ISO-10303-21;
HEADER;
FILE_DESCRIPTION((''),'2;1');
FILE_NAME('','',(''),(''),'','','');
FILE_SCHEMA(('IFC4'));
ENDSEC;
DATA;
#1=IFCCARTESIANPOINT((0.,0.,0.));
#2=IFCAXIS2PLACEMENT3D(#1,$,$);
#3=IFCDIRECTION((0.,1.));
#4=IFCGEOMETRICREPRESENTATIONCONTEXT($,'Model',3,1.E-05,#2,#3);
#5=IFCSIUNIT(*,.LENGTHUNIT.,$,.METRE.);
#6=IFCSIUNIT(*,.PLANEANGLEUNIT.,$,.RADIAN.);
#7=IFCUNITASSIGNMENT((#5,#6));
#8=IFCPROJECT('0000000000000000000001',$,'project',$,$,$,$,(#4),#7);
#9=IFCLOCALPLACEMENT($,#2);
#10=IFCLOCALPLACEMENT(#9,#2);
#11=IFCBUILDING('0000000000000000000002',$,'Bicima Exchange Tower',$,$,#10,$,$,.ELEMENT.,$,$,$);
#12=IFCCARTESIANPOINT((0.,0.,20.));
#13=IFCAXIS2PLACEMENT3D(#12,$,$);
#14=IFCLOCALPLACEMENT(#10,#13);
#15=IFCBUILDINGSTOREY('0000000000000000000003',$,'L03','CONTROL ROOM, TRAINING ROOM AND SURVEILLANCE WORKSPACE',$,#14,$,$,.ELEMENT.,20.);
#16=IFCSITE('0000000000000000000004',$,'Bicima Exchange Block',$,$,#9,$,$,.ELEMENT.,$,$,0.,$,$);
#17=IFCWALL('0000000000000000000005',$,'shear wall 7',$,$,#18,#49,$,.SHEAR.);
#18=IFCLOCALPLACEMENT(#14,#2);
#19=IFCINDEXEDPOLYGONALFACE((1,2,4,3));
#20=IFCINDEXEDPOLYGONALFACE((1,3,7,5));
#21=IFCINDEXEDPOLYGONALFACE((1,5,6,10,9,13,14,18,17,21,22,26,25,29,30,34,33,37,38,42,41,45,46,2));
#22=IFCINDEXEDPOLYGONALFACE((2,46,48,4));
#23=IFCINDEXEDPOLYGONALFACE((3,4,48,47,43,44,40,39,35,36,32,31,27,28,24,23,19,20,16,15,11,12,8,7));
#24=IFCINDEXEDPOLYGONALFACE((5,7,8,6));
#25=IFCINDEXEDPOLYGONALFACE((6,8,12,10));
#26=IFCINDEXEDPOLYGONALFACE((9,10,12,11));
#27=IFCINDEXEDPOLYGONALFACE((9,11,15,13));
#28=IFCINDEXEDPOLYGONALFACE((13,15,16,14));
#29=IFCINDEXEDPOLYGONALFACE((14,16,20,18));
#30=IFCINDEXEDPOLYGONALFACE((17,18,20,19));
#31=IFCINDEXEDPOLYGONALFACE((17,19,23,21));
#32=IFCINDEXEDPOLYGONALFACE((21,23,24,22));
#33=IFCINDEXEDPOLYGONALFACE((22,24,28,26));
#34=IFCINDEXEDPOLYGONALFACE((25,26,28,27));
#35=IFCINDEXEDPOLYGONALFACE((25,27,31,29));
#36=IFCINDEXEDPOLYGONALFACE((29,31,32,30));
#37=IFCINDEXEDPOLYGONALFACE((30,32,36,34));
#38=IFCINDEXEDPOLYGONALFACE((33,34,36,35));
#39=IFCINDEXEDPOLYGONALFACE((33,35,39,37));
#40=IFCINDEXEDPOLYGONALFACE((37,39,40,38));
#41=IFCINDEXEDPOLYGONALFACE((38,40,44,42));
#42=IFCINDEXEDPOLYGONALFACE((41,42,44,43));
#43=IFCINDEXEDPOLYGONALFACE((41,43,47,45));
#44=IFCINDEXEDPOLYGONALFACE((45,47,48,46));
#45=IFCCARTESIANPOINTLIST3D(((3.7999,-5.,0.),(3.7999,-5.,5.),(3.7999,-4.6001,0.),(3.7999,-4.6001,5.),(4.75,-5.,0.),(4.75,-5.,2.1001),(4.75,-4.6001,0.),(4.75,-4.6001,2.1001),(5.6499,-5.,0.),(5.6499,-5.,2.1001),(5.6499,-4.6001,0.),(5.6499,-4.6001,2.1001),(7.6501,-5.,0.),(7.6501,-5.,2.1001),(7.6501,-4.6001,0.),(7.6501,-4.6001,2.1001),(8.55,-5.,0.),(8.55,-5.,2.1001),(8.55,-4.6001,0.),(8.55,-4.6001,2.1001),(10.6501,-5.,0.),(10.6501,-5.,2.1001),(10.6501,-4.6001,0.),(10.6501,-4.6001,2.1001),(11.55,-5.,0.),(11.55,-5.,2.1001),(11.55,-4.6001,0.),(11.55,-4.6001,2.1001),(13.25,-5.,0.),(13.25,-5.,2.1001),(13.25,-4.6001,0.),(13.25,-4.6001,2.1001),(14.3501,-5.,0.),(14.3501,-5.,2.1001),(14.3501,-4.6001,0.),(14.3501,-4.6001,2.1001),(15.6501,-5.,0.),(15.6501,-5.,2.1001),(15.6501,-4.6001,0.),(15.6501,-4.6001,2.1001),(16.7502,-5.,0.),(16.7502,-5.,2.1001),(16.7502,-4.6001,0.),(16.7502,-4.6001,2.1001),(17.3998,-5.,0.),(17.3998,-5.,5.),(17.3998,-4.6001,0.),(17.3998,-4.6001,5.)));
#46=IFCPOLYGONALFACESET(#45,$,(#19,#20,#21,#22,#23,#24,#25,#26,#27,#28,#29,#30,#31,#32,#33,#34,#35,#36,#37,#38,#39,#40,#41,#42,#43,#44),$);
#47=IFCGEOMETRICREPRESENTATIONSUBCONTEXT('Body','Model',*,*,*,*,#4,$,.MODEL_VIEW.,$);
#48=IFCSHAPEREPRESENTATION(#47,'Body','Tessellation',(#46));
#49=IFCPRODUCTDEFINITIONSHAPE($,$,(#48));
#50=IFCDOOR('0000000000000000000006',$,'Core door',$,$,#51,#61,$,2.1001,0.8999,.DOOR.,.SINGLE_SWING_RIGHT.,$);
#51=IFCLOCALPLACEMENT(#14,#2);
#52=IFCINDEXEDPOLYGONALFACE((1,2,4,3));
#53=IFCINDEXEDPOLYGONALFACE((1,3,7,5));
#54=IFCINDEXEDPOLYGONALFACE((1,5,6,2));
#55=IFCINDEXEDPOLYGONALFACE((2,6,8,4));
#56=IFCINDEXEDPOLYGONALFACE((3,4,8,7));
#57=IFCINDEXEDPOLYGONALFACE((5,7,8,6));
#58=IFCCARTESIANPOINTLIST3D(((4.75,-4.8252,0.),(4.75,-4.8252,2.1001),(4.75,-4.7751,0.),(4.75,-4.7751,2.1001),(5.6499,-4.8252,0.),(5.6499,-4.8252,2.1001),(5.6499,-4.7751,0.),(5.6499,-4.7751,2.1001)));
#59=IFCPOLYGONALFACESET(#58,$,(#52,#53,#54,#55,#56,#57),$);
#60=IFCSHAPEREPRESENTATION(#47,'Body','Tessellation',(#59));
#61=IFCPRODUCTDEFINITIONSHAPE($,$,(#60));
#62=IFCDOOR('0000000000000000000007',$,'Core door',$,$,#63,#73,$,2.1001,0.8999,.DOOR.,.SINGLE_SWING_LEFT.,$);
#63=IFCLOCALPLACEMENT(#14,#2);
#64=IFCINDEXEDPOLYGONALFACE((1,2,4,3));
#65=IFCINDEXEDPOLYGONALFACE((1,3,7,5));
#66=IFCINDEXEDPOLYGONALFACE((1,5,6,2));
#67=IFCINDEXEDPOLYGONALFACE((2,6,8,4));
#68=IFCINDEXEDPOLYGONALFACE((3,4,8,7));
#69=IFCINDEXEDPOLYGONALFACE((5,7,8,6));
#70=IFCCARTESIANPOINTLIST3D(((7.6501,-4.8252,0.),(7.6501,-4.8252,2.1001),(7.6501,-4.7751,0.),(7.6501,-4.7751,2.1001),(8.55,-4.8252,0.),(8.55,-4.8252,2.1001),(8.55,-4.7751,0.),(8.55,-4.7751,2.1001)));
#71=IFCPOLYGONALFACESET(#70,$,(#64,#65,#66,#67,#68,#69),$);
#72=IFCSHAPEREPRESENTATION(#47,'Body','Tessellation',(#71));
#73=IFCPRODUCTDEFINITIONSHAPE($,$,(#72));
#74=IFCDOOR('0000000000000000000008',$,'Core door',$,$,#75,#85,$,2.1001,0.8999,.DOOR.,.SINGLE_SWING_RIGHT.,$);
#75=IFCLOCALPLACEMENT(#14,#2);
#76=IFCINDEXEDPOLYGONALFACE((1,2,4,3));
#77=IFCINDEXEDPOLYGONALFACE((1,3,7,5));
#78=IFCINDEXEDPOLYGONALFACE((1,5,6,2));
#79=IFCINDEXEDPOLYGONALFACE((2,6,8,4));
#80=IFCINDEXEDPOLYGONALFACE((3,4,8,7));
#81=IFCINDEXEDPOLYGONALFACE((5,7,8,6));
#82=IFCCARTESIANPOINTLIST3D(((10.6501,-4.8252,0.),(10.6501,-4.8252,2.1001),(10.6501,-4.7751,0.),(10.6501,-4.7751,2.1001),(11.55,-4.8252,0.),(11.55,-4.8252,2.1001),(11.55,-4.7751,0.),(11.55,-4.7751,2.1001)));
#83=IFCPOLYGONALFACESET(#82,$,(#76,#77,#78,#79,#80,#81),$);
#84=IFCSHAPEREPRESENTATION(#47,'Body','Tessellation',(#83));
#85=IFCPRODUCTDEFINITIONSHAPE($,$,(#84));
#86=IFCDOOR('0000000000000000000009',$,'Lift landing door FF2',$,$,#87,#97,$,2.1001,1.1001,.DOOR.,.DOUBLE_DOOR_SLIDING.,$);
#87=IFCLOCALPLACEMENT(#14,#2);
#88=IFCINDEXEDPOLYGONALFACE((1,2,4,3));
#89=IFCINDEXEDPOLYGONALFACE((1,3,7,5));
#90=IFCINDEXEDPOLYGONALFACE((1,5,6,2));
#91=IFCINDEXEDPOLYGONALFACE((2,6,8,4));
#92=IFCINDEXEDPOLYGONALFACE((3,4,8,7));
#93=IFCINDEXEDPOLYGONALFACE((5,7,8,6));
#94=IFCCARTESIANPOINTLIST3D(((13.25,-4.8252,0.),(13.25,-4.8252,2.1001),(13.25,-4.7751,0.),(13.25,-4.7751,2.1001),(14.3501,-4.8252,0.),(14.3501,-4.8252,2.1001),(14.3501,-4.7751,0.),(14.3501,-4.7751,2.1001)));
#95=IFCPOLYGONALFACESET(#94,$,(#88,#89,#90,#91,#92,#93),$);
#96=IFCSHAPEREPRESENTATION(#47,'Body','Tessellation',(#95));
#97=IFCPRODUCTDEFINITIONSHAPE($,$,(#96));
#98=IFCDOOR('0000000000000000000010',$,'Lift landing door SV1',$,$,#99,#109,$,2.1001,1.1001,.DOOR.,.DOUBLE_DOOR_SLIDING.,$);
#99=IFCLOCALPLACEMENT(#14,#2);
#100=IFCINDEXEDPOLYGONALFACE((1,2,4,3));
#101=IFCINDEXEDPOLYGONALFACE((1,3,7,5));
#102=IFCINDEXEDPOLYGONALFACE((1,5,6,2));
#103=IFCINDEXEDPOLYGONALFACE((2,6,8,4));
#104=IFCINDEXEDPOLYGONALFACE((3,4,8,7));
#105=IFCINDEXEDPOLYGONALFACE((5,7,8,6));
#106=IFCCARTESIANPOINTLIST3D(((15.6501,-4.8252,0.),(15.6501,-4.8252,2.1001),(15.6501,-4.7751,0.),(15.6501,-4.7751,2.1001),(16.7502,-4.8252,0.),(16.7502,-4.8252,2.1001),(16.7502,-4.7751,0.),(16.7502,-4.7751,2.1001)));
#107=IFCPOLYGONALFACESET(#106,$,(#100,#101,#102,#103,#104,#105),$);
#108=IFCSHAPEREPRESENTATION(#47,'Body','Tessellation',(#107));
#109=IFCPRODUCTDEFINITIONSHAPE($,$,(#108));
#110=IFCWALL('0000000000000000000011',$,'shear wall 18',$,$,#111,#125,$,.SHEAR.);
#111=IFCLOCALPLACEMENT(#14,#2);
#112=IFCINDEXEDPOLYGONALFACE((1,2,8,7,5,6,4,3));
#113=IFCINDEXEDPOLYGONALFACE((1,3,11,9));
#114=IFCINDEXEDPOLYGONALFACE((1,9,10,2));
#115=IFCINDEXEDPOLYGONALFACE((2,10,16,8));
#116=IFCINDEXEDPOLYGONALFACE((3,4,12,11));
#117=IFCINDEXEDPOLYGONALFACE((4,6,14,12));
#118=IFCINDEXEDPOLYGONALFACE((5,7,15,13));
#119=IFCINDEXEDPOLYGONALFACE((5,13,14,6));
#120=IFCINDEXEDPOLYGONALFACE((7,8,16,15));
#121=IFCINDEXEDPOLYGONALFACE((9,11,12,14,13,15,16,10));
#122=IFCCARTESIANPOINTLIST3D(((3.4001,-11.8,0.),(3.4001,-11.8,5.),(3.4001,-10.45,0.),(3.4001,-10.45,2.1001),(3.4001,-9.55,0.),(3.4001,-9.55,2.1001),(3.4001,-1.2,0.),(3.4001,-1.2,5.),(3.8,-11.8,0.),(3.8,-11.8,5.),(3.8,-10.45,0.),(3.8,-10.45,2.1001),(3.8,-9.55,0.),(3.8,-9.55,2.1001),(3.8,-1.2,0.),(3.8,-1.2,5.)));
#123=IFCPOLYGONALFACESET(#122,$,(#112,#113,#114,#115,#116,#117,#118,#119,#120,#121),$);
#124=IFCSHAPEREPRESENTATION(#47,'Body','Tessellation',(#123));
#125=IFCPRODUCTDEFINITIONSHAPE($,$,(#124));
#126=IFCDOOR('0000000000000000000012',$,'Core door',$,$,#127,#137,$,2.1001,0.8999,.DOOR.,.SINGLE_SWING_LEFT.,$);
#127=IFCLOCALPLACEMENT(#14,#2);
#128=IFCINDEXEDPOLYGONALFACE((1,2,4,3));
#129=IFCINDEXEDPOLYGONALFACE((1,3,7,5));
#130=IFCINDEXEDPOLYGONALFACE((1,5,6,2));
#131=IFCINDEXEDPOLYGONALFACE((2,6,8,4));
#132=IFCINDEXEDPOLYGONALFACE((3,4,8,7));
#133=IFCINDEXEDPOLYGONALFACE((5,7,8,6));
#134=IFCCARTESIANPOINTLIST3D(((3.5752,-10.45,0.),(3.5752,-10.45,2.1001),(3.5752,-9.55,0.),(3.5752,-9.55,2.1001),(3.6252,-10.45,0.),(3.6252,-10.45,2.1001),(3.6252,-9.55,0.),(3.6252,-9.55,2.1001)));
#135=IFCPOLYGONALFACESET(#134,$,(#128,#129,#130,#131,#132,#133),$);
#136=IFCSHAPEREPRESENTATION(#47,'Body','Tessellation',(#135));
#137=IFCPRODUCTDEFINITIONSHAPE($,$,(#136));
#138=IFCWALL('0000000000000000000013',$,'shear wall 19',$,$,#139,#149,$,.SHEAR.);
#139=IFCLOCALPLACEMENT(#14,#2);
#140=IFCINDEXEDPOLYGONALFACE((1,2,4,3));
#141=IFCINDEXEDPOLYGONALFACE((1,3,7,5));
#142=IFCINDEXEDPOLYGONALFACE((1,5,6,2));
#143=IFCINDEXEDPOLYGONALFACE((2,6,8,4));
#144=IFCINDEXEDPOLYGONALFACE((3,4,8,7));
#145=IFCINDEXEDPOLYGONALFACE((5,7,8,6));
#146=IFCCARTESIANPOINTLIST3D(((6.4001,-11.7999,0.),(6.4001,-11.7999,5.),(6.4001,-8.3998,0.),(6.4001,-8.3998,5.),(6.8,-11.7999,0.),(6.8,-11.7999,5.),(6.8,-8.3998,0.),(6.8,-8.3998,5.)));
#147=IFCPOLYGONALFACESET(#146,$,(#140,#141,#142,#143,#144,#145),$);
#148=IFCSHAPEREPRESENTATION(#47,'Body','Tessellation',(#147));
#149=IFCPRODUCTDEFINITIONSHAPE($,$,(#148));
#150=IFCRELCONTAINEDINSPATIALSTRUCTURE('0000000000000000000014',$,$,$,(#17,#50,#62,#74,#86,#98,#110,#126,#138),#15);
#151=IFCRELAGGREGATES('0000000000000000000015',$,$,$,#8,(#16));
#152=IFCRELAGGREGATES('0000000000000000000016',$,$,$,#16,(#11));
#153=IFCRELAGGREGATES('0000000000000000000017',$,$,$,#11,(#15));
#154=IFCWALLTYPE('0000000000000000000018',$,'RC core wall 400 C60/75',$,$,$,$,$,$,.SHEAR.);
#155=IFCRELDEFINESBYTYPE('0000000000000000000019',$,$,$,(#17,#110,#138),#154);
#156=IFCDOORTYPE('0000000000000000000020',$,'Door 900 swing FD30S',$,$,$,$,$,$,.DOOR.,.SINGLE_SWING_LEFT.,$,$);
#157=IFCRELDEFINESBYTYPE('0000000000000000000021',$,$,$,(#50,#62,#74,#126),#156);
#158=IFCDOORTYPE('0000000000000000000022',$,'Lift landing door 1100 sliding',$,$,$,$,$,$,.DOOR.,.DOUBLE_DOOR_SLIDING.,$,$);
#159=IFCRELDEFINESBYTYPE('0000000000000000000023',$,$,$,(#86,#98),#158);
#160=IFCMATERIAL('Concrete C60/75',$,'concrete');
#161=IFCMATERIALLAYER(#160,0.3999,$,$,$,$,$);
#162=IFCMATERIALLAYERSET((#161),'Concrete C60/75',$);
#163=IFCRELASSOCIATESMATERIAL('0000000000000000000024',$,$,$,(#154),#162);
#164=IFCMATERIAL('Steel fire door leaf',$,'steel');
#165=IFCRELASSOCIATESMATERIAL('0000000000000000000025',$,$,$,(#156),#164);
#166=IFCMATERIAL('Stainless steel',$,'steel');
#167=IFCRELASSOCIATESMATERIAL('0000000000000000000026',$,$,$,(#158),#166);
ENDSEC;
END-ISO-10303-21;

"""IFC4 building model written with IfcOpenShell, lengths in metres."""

from ifc_helpers import new_model, si_unit, direction, frame, frame_2d, origin, place, context, subcontext, project, spatial, rectangle, extrude, material, layer, layer_set, type_object, element, fill, save


model = new_model("IFC4")

# Units and contexts
model_context = context("Model", 3, precision=1e-05, world=origin(), true_north=direction((0.0, 1.0)))
body_context = subcontext(model_context, "Body", "Model", "MODEL_VIEW")
ifc_project = project(units=[si_unit("LENGTHUNIT", "METRE"), si_unit("PLANEANGLEUNIT", "RADIAN")], contexts=[model_context])

# Site, building, storey
site_placement = place(None, origin())
site = spatial("IfcSite", under=ifc_project, at=site_placement, Name="Bicima Exchange Block", CompositionType="ELEMENT", RefElevation=0.0)
building_placement = place(site_placement, origin())
building = spatial("IfcBuilding", under=site, at=building_placement, Name="Bicima Exchange Tower", CompositionType="ELEMENT")
storey_placement = place(building_placement, frame((0.0, 0.0, 20.0)))
storey = spatial("IfcBuildingStorey", under=building, at=storey_placement, Name="L03", Description="CONTROL ROOM, TRAINING ROOM AND SURVEILLANCE WORKSPACE", CompositionType="ELEMENT", Elevation=20.0)

# Shared definitions
ifc_material_1 = material(Name="Concrete C60/75", Category="concrete")
ifc_layer_1 = layer(ifc_material_1, 0.3999)
ifc_layer_set_1 = layer_set([ifc_layer_1], Name="Concrete C60/75")
wall_type_1 = type_object("IfcWallType", Name="RC core wall 400 C60/75", PredefinedType="SHEAR", material=ifc_layer_set_1)
ifc_material_2 = material(Name="Steel fire door leaf", Category="steel")
door_type_1 = type_object("IfcDoorType", Name="Door 900 swing FD30S", OperationType="SINGLE_SWING_LEFT", PredefinedType="DOOR", material=ifc_material_2)

# Wall, openings, doors
wall_1_placement = place(storey_placement, frame((3.8, -4.8, 0.0), z_axis=(0.0, 0.0, 1.0), x_axis=(1.0, 0.0, 0.0)))
wall_1 = element("IfcWall", 1, at=wall_1_placement, inside=storey, type_object=wall_type_1, Name="shear wall 7", PredefinedType="SHEAR", context=body_context, shape_type="SweptSolid", body=[
    extrude(rectangle(XDim=13.5999, YDim=0.3999, at=frame_2d((6.7998, 0.0))), origin(), (0.0, 0.0, 1.0), 5.0),
])
opening_1_placement = place(wall_1_placement, frame((9.45, 0.0, 0.0)))
opening_1 = element("IfcOpeningElement", 2, at=opening_1_placement, cuts=wall_1, PredefinedType="OPENING", context=body_context, shape_type="SweptSolid", body=[
    extrude(rectangle(XDim=1.1001, YDim=2.1001, at=frame_2d((0.55, 1.05))), frame((0.0, 0.2119, 0.0), z_axis=(0.0, -1.0, 0.0), x_axis=(1.0, 0.0, 0.0)), (0.0, 0.0, 1.0), 0.4238),
])
opening_2_placement = place(wall_1_placement, frame((11.8501, 0.0, 0.0)))
opening_2 = element("IfcOpeningElement", 3, at=opening_2_placement, cuts=wall_1, PredefinedType="OPENING", context=body_context, shape_type="SweptSolid", body=[
    extrude(rectangle(XDim=1.1001, YDim=2.1001, at=frame_2d((0.55, 1.05))), frame((0.0, 0.2119, 0.0), z_axis=(0.0, -1.0, 0.0), x_axis=(1.0, 0.0, 0.0)), (0.0, 0.0, 1.0), 0.4238),
])
opening_3_placement = place(wall_1_placement, frame((0.95, 0.0, 0.0)))
opening_3 = element("IfcOpeningElement", 4, at=opening_3_placement, cuts=wall_1, PredefinedType="OPENING", context=body_context, shape_type="SweptSolid", body=[
    extrude(rectangle(XDim=0.8999, YDim=2.1001, at=frame_2d((0.45, 1.05))), frame((0.0, 0.2119, 0.0), z_axis=(0.0, -1.0, 0.0), x_axis=(1.0, 0.0, 0.0)), (0.0, 0.0, 1.0), 0.4238),
])
opening_4_placement = place(wall_1_placement, frame((3.8501, 0.0, 0.0)))
opening_4 = element("IfcOpeningElement", 5, at=opening_4_placement, cuts=wall_1, PredefinedType="OPENING", context=body_context, shape_type="SweptSolid", body=[
    extrude(rectangle(XDim=0.8999, YDim=2.1001, at=frame_2d((0.45, 1.05))), frame((0.0, 0.2119, 0.0), z_axis=(0.0, -1.0, 0.0), x_axis=(1.0, 0.0, 0.0)), (0.0, 0.0, 1.0), 0.4238),
])
opening_5_placement = place(wall_1_placement, frame((6.8501, 0.0, 0.0)))
opening_5 = element("IfcOpeningElement", 6, at=opening_5_placement, cuts=wall_1, PredefinedType="OPENING", context=body_context, shape_type="SweptSolid", body=[
    extrude(rectangle(XDim=0.8999, YDim=2.1001, at=frame_2d((0.45, 1.05))), frame((0.0, 0.2119, 0.0), z_axis=(0.0, -1.0, 0.0), x_axis=(1.0, 0.0, 0.0)), (0.0, 0.0, 1.0), 0.4238),
])
door_1_placement = place(opening_3_placement, origin())
door_1 = element("IfcDoor", 7, at=door_1_placement, inside=storey, type_object=door_type_1, Name="Core door", OperationType="SINGLE_SWING_RIGHT", OverallHeight=2.1001, OverallWidth=0.8999, PredefinedType="DOOR", context=body_context, shape_type="SweptSolid", body=[
    extrude(rectangle(XDim=0.8999, YDim=2.1001, at=frame_2d((0.45, 1.05))), frame((0.0, 0.0249, 0.0), z_axis=(0.0, -1.0, 0.0), x_axis=(1.0, 0.0, 0.0)), (0.0, 0.0, 1.0), 0.05),
])
fill(opening_3, door_1)
door_2_placement = place(opening_4_placement, origin())
door_2 = element("IfcDoor", 8, at=door_2_placement, inside=storey, type_object=door_type_1, Name="Core door", OperationType="SINGLE_SWING_LEFT", OverallHeight=2.1001, OverallWidth=0.8999, PredefinedType="DOOR", context=body_context, shape_type="SweptSolid", body=[
    extrude(rectangle(XDim=0.8999, YDim=2.1001, at=frame_2d((0.45, 1.05))), frame((0.0, 0.0249, 0.0), z_axis=(0.0, -1.0, 0.0), x_axis=(1.0, 0.0, 0.0)), (0.0, 0.0, 1.0), 0.05),
])
fill(opening_4, door_2)
door_3_placement = place(opening_5_placement, origin())
door_3 = element("IfcDoor", 9, at=door_3_placement, inside=storey, type_object=door_type_1, Name="Core door", OperationType="SINGLE_SWING_RIGHT", OverallHeight=2.1001, OverallWidth=0.8999, PredefinedType="DOOR", context=body_context, shape_type="SweptSolid", body=[
    extrude(rectangle(XDim=0.8999, YDim=2.1001, at=frame_2d((0.45, 1.05))), frame((0.0, 0.0249, 0.0), z_axis=(0.0, -1.0, 0.0), x_axis=(1.0, 0.0, 0.0)), (0.0, 0.0, 1.0), 0.05),
])
fill(opening_5, door_3)
ifc_material_3 = material(Name="Stainless steel", Category="steel")
door_type_2 = type_object("IfcDoorType", Name="Lift landing door 1100 sliding", OperationType="DOUBLE_DOOR_SLIDING", PredefinedType="DOOR", material=ifc_material_3)
door_4_placement = place(opening_1_placement, origin())
door_4 = element("IfcDoor", 10, at=door_4_placement, inside=storey, type_object=door_type_2, Name="Lift landing door FF2", OperationType="DOUBLE_DOOR_SLIDING", OverallHeight=2.1001, OverallWidth=1.1001, PredefinedType="DOOR", context=body_context, shape_type="SweptSolid", body=[
    extrude(rectangle(XDim=1.1001, YDim=2.1001, at=frame_2d((0.55, 1.05))), frame((0.0, 0.0249, 0.0), z_axis=(0.0, -1.0, 0.0), x_axis=(1.0, 0.0, 0.0)), (0.0, 0.0, 1.0), 0.05),
])
fill(opening_1, door_4)
door_5_placement = place(opening_2_placement, origin())
door_5 = element("IfcDoor", 11, at=door_5_placement, inside=storey, type_object=door_type_2, Name="Lift landing door SV1", OperationType="DOUBLE_DOOR_SLIDING", OverallHeight=2.1001, OverallWidth=1.1001, PredefinedType="DOOR", context=body_context, shape_type="SweptSolid", body=[
    extrude(rectangle(XDim=1.1001, YDim=2.1001, at=frame_2d((0.55, 1.05))), frame((0.0, 0.0249, 0.0), z_axis=(0.0, -1.0, 0.0), x_axis=(1.0, 0.0, 0.0)), (0.0, 0.0, 1.0), 0.05),
])
fill(opening_2, door_5)

# Wall, opening, door
wall_2_placement = place(storey_placement, frame((3.6001, -11.8, 0.0), z_axis=(0.0, 0.0, 1.0), x_axis=(0.0, 1.0, 0.0)))
wall_2 = element("IfcWall", 12, at=wall_2_placement, inside=storey, type_object=wall_type_1, Name="shear wall 18", PredefinedType="SHEAR", context=body_context, shape_type="SweptSolid", body=[
    extrude(rectangle(XDim=10.6001, YDim=0.3999, at=frame_2d((5.3, 0.0))), origin(), (0.0, 0.0, 1.0), 5.0),
])
opening_6_placement = place(wall_2_placement, frame((1.3501, 0.0, 0.0)))
opening_6 = element("IfcOpeningElement", 13, at=opening_6_placement, cuts=wall_2, PredefinedType="OPENING", context=body_context, shape_type="SweptSolid", body=[
    extrude(rectangle(XDim=0.8999, YDim=2.1001, at=frame_2d((0.45, 1.05))), frame((0.0, 0.2119, 0.0), z_axis=(0.0, -1.0, 0.0), x_axis=(1.0, 0.0, 0.0)), (0.0, 0.0, 1.0), 0.4238),
])
door_6_placement = place(opening_6_placement, origin())
door_6 = element("IfcDoor", 14, at=door_6_placement, inside=storey, type_object=door_type_1, Name="Core door", OperationType="SINGLE_SWING_LEFT", OverallHeight=2.1001, OverallWidth=0.8999, PredefinedType="DOOR", context=body_context, shape_type="SweptSolid", body=[
    extrude(rectangle(XDim=0.8999, YDim=2.1001, at=frame_2d((0.45, 1.05))), frame((0.0, 0.0249, 0.0), z_axis=(0.0, -1.0, 0.0), x_axis=(1.0, 0.0, 0.0)), (0.0, 0.0, 1.0), 0.05),
])
fill(opening_6, door_6)

# Wall
wall_3_placement = place(storey_placement, frame((6.6001, -11.8, 0.0), z_axis=(0.0, 0.0, 1.0), x_axis=(0.0, 1.0, 0.0)))
element("IfcWall", 15, at=wall_3_placement, inside=storey, type_object=wall_type_1, Name="shear wall 19", PredefinedType="SHEAR", context=body_context, shape_type="SweptSolid", body=[
    extrude(rectangle(XDim=3.4001, YDim=0.3999, at=frame_2d((1.7002, 0.0))), origin(), (0.0, 0.0, 1.0), 5.0),
])

save(model, "model.ifc")
